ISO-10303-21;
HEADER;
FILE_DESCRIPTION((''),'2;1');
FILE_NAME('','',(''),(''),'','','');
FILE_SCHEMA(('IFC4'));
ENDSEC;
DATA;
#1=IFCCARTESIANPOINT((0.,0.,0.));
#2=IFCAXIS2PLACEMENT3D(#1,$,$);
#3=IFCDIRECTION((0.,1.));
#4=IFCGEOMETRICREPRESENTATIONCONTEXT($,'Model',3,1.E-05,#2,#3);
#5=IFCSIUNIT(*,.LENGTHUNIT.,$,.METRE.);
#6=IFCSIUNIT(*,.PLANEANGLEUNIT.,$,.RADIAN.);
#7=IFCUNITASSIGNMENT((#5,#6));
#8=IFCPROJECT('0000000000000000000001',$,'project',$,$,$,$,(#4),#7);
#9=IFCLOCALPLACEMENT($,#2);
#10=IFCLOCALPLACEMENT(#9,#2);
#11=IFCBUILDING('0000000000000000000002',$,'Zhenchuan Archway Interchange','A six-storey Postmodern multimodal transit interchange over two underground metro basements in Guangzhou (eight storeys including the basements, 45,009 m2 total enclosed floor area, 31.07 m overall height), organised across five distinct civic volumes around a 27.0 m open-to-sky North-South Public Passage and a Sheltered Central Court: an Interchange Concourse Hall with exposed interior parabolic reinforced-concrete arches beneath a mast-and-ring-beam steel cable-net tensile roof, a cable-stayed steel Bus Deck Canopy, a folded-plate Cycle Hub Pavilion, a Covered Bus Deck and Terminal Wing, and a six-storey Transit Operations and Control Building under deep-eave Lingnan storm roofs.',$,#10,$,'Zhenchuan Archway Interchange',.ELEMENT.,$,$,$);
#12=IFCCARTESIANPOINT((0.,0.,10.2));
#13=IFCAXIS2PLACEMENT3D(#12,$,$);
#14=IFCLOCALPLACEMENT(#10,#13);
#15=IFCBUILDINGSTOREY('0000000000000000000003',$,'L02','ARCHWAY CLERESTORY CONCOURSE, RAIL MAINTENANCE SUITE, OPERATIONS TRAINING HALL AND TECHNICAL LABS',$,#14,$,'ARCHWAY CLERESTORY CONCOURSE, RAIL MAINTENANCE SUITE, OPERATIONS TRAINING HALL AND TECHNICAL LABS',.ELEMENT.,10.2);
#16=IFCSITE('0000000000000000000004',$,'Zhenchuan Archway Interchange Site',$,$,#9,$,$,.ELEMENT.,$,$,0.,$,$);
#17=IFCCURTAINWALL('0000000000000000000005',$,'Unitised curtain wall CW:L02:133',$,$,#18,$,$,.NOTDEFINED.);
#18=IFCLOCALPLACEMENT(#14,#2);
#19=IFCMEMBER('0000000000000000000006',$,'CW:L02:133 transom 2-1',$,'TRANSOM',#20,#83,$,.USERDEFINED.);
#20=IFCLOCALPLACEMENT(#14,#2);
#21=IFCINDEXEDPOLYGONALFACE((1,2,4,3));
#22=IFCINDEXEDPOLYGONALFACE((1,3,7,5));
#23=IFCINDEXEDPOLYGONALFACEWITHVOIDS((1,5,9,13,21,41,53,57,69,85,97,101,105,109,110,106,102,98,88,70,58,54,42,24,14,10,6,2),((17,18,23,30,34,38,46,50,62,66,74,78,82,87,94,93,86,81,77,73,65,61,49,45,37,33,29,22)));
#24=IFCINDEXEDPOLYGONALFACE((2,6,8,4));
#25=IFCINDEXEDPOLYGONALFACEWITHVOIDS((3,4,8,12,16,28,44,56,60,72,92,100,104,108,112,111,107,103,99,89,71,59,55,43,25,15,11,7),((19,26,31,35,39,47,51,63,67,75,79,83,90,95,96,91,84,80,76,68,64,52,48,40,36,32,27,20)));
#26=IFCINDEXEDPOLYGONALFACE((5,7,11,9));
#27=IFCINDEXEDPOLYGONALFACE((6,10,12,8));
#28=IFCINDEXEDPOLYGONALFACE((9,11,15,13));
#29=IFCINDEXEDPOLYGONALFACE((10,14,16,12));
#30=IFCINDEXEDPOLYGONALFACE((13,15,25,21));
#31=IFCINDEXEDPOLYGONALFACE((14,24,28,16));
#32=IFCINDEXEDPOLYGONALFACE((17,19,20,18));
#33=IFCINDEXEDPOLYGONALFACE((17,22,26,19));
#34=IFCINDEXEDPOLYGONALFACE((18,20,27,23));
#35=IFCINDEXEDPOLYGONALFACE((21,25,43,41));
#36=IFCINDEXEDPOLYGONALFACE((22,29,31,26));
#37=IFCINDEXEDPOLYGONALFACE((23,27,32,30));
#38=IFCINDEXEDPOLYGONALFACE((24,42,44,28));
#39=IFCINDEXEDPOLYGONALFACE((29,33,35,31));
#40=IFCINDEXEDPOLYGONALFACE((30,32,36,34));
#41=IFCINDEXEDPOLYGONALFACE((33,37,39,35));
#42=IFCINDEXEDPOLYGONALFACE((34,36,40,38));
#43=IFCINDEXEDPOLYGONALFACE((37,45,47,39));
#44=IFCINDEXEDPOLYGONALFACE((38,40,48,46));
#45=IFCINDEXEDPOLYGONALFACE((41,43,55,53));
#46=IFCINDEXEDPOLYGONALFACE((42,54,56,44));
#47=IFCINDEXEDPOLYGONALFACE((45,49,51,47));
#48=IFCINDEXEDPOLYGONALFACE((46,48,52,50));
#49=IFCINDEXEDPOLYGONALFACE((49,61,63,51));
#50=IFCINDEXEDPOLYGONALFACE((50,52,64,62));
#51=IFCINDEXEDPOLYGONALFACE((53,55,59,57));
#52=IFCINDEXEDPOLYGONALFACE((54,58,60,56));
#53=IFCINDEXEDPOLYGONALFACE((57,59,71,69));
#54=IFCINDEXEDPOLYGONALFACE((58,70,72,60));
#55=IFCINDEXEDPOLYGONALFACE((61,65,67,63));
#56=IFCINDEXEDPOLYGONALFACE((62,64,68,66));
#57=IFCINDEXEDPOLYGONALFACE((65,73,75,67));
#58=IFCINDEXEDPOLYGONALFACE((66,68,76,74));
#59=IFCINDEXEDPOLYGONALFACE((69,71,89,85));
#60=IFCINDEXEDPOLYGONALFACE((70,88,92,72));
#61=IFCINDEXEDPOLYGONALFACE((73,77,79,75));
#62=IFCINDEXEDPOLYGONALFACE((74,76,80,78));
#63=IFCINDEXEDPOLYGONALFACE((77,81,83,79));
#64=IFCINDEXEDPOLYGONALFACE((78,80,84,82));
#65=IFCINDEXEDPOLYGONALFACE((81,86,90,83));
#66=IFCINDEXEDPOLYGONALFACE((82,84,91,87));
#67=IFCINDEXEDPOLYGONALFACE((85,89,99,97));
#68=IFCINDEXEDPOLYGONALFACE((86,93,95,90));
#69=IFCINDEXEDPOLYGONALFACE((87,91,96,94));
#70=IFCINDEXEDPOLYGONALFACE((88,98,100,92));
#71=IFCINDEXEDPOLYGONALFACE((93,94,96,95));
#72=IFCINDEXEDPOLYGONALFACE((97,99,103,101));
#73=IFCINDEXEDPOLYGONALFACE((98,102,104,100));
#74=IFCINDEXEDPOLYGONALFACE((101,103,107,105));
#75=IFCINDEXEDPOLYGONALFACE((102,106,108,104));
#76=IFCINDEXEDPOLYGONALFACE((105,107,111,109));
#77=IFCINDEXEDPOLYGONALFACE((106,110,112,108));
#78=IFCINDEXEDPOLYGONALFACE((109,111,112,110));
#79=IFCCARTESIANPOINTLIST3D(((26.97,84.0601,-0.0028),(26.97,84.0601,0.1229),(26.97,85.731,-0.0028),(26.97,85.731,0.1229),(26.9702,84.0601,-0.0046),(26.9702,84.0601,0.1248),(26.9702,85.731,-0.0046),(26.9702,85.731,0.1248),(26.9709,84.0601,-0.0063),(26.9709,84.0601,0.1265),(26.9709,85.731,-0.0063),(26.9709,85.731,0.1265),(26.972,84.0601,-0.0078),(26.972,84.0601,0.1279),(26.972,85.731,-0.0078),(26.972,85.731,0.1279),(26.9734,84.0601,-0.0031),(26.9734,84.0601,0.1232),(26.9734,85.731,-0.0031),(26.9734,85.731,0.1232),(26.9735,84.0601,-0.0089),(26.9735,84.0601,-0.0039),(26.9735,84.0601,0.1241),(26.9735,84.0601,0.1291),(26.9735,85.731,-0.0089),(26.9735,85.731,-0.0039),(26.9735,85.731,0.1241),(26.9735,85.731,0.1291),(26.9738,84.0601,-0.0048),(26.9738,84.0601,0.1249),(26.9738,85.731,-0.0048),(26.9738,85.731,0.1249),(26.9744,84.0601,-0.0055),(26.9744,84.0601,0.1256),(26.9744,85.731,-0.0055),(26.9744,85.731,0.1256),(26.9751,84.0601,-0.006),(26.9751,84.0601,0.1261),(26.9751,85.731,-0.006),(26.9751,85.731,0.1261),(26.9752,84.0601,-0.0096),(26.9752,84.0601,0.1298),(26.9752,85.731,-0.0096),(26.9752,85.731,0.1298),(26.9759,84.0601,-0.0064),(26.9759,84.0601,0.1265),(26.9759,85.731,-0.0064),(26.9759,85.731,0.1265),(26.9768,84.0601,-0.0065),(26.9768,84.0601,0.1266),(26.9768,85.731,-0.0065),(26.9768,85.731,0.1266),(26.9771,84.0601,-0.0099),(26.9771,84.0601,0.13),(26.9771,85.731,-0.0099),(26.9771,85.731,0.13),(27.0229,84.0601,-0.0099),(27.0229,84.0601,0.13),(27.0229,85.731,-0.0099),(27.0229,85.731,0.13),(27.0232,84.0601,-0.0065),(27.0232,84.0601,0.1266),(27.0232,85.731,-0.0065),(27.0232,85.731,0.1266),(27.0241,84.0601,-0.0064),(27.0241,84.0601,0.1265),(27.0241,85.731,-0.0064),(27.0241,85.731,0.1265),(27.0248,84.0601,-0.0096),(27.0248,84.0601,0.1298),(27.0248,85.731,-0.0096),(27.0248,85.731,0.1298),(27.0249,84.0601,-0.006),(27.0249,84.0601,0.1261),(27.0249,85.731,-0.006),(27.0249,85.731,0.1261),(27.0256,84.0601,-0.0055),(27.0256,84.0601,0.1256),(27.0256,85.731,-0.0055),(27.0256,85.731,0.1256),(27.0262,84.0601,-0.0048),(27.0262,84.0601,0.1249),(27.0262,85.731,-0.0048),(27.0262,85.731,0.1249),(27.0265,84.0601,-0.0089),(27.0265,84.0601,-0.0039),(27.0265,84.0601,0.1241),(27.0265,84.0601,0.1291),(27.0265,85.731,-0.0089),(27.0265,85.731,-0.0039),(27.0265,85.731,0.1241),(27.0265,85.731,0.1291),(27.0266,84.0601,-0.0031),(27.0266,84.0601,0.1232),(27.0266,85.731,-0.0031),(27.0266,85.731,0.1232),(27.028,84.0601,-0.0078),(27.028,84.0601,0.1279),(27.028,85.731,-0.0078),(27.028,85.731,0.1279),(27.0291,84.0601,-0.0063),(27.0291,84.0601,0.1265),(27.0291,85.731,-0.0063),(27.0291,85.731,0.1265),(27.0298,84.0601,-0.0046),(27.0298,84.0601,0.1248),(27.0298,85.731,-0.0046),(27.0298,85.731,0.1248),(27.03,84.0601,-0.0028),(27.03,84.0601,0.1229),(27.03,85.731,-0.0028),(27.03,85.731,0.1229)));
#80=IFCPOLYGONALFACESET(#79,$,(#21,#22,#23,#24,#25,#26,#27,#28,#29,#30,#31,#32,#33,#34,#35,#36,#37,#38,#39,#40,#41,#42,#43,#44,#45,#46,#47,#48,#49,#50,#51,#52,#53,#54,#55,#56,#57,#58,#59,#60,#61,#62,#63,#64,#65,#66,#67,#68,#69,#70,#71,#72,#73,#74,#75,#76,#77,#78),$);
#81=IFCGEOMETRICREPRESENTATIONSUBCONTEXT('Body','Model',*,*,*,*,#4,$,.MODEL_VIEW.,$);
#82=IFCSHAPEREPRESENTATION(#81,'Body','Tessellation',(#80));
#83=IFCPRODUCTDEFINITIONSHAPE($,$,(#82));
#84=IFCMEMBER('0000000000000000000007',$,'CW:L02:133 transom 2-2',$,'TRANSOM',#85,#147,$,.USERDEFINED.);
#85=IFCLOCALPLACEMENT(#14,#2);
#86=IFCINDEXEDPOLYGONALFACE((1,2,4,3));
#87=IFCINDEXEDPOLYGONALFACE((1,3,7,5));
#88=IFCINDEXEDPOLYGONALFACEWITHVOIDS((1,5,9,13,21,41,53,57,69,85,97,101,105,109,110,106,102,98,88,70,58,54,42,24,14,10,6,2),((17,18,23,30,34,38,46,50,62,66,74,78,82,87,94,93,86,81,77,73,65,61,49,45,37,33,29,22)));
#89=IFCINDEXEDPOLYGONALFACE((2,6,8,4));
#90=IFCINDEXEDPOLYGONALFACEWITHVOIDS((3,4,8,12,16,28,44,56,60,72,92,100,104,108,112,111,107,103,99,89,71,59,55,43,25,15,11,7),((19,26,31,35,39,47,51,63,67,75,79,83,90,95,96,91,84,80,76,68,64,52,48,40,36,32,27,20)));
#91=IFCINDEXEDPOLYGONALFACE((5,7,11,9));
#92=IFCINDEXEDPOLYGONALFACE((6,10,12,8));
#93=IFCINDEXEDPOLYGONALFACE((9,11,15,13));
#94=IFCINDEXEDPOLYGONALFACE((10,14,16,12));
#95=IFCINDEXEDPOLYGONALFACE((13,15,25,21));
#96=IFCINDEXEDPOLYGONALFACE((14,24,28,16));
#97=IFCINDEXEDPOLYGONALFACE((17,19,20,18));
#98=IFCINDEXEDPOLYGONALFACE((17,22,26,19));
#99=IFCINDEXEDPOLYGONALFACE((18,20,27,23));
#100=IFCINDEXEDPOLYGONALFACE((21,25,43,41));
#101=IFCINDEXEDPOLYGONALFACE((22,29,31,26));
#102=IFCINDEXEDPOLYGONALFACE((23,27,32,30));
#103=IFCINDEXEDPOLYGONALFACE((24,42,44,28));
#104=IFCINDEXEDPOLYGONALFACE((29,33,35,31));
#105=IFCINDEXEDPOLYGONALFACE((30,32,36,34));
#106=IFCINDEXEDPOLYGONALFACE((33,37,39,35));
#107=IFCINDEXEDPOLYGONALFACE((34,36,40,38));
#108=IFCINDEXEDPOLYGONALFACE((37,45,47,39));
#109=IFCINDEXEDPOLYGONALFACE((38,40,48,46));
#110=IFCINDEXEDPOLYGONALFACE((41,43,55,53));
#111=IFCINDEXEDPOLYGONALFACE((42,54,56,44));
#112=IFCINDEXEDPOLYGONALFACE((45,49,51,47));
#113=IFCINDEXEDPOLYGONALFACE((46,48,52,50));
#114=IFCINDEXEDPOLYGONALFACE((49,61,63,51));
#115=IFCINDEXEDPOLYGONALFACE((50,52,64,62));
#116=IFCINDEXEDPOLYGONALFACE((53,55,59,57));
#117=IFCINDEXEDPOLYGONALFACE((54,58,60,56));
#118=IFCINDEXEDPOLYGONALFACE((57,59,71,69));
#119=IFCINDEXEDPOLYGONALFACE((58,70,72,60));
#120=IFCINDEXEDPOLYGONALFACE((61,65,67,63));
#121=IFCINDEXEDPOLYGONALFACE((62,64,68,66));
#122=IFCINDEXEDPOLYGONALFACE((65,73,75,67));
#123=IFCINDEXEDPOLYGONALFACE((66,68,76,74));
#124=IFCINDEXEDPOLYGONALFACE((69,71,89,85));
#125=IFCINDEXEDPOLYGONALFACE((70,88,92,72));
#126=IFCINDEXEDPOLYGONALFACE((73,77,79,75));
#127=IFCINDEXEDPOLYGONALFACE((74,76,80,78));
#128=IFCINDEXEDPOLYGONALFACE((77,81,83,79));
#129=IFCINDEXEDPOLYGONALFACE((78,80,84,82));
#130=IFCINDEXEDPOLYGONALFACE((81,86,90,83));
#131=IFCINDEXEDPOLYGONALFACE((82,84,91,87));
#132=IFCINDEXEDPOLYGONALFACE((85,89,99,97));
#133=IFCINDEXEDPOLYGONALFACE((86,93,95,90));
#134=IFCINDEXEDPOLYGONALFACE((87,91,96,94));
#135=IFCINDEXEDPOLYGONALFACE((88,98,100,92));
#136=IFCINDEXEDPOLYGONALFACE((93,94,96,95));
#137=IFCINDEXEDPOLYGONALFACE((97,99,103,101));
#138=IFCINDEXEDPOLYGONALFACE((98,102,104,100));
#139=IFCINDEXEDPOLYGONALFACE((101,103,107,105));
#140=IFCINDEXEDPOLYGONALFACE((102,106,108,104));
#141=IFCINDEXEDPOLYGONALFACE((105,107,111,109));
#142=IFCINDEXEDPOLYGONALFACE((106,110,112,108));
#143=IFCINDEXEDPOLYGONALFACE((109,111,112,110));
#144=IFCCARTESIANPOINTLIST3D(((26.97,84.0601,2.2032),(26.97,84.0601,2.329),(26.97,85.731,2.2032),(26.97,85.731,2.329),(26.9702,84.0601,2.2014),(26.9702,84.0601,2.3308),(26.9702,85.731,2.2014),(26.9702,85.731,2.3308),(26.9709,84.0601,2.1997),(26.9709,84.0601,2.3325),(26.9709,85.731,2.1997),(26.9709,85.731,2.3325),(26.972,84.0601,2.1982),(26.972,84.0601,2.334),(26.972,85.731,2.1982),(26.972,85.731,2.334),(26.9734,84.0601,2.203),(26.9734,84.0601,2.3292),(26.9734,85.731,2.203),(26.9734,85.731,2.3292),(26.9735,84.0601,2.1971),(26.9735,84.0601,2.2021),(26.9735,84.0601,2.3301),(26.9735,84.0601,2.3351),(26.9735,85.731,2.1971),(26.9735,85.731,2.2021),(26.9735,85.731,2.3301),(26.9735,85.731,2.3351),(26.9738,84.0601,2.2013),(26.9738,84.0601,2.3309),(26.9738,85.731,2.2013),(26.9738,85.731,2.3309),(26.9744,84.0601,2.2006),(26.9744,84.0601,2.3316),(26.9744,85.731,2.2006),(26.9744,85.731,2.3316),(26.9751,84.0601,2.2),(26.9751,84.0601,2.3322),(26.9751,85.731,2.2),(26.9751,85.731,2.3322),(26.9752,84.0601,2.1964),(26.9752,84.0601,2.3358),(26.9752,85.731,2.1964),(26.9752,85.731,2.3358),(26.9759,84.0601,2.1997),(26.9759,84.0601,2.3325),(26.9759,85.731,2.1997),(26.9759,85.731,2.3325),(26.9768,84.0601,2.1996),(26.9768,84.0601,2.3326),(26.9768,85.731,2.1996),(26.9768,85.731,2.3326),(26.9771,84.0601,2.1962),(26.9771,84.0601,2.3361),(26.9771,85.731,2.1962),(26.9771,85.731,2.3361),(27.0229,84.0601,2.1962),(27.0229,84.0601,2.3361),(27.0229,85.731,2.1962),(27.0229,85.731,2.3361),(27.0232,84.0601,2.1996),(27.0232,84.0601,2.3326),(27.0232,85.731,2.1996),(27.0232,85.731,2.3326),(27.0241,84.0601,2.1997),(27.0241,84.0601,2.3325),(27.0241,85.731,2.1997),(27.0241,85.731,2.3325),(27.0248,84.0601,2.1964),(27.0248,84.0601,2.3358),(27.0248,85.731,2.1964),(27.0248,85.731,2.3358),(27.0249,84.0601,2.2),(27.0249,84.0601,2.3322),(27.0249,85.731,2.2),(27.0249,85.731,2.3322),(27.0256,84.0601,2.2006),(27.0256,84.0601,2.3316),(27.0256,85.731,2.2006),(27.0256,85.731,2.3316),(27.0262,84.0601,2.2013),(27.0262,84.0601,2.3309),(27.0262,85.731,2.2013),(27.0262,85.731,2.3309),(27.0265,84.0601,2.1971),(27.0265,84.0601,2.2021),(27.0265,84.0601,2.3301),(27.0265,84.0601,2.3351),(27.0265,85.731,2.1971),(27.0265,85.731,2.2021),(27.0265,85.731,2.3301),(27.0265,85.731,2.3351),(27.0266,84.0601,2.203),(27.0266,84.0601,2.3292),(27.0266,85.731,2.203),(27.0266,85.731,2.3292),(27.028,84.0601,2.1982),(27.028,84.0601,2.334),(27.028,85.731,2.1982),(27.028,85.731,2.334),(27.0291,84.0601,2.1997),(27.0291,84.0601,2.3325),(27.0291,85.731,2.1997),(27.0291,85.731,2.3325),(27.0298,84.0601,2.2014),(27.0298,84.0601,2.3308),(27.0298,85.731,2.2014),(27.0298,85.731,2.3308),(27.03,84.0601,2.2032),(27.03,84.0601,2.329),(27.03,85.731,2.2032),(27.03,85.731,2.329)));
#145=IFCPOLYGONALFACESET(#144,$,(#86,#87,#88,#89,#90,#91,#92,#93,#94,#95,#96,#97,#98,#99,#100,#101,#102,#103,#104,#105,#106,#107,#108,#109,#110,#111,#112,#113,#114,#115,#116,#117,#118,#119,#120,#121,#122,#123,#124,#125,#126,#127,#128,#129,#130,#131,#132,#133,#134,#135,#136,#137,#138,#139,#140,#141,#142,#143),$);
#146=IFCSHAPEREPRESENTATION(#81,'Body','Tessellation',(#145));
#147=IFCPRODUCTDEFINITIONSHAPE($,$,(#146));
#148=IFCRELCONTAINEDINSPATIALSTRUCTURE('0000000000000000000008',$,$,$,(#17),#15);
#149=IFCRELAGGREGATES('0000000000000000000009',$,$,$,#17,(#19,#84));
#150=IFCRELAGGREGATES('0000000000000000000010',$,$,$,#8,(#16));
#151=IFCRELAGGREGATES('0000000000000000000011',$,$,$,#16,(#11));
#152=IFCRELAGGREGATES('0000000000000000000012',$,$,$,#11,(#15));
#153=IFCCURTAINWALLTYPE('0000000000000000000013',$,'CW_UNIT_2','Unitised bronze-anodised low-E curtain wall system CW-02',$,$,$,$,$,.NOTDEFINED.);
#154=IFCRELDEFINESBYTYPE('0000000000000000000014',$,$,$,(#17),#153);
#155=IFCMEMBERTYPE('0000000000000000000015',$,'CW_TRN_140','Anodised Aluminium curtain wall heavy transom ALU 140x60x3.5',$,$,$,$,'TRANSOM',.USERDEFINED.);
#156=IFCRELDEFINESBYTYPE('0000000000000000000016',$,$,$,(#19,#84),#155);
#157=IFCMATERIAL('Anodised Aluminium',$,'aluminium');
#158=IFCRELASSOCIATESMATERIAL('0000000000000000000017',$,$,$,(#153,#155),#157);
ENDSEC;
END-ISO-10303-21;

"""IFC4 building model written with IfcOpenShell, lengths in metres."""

from ifc_helpers import new_model, si_unit, direction, frame, origin, origin_2d, place, context, subcontext, project, spatial, hollow_rectangle, extrude, material, material_profile, profile_set, type_object, element, aggregate, save


model = new_model("IFC4")

# Units and contexts
model_context = context("Model", 3, precision=1e-05, world=origin(), true_north=direction((0.0, 1.0)))
body_context = subcontext(model_context, "Body", "Model", "MODEL_VIEW")
ifc_project = project(units=[si_unit("LENGTHUNIT", "METRE"), si_unit("PLANEANGLEUNIT", "RADIAN")], contexts=[model_context])

# Site, building, storey
site_placement = place(None, origin())
site = spatial("IfcSite", under=ifc_project, at=site_placement, Name="Zhenchuan Archway Interchange Site", CompositionType="ELEMENT", RefElevation=0.0)
building_placement = place(site_placement, origin())
building = spatial("IfcBuilding", under=site, at=building_placement, Name="Zhenchuan Archway Interchange", Description="A six-storey Postmodern multimodal transit interchange over two underground metro basements in Guangzhou (eight storeys including the basements, 45,009 m2 total enclosed floor area, 31.07 m overall height), organised across five distinct civic volumes around a 27.0 m open-to-sky North-South Public Passage and a Sheltered Central Court: an Interchange Concourse Hall with exposed interior parabolic reinforced-concrete arches beneath a mast-and-ring-beam steel cable-net tensile roof, a cable-stayed steel Bus Deck Canopy, a folded-plate Cycle Hub Pavilion, a Covered Bus Deck and Terminal Wing, and a six-storey Transit Operations and Control Building under deep-eave Lingnan storm roofs.", LongName="Zhenchuan Archway Interchange", CompositionType="ELEMENT")
storey_placement = place(building_placement, frame((0.0, 0.0, 10.2)))
storey = spatial("IfcBuildingStorey", under=building, at=storey_placement, Name="L02", Description="ARCHWAY CLERESTORY CONCOURSE, RAIL MAINTENANCE SUITE, OPERATIONS TRAINING HALL AND TECHNICAL LABS", LongName="ARCHWAY CLERESTORY CONCOURSE, RAIL MAINTENANCE SUITE, OPERATIONS TRAINING HALL AND TECHNICAL LABS", CompositionType="ELEMENT", Elevation=10.2)

# Curtain wall, members
ifc_material_1 = material(Name="Anodised Aluminium", Category="aluminium")
curtain_wall_type = type_object("IfcCurtainWallType", Name="CW_UNIT_2", Description="Unitised bronze-anodised low-E curtain wall system CW-02", PredefinedType="NOTDEFINED", material=ifc_material_1)
curtain_wall_placement = place(storey_placement, origin())
curtain_wall = element("IfcCurtainWall", 1, at=curtain_wall_placement, inside=storey, type_object=curtain_wall_type, Name="Unitised curtain wall CW:L02:133", PredefinedType="NOTDEFINED")
ifc_material_profile_1 = material_profile(ifc_material_1, hollow_rectangle(XDim=0.0601, YDim=0.1399, WallThickness=0.0034, InnerFilletRadius=0.0034, OuterFilletRadius=0.0071, at=origin_2d()), Name="ALU 140x60x3.5")
ifc_profile_set_1 = profile_set([ifc_material_profile_1], Name="Anodised Aluminium")
member_type_1 = type_object("IfcMemberType", Name="CW_TRN_140", Description="Anodised Aluminium curtain wall heavy transom ALU 140x60x3.5", ElementType="TRANSOM", PredefinedType="USERDEFINED", material=ifc_profile_set_1)
member_1_placement = place(storey_placement, frame((27.0, 84.0601, 0.0601), z_axis=(0.0, 1.0, 0.0), x_axis=(-1.0, 0.0, 0.0)))
member_1 = element("IfcMember", 2, at=member_1_placement, type_object=member_type_1, Name="CW:L02:133 transom 2-1", ObjectType="TRANSOM", PredefinedType="USERDEFINED", context=body_context, shape_type="SweptSolid", body=[
    extrude(hollow_rectangle(XDim=0.0601, YDim=0.1399, WallThickness=0.0034, InnerFilletRadius=0.0034, OuterFilletRadius=0.0071, at=origin_2d()), origin(), (0.0, 0.0, 1.0), 1.6709),
])
member_2_placement = place(storey_placement, frame((27.0, 84.0601, 2.2661), z_axis=(0.0, 1.0, 0.0), x_axis=(-1.0, 0.0, 0.0)))
member_2 = element("IfcMember", 3, at=member_2_placement, type_object=member_type_1, Name="CW:L02:133 transom 2-2", ObjectType="TRANSOM", PredefinedType="USERDEFINED", context=body_context, shape_type="SweptSolid", body=[
    extrude(hollow_rectangle(XDim=0.0601, YDim=0.1399, WallThickness=0.0034, InnerFilletRadius=0.0034, OuterFilletRadius=0.0071, at=origin_2d()), origin(), (0.0, 0.0, 1.0), 1.6709),
])

aggregate(curtain_wall, [member_1, member_2])

save(model, "model.ifc")
